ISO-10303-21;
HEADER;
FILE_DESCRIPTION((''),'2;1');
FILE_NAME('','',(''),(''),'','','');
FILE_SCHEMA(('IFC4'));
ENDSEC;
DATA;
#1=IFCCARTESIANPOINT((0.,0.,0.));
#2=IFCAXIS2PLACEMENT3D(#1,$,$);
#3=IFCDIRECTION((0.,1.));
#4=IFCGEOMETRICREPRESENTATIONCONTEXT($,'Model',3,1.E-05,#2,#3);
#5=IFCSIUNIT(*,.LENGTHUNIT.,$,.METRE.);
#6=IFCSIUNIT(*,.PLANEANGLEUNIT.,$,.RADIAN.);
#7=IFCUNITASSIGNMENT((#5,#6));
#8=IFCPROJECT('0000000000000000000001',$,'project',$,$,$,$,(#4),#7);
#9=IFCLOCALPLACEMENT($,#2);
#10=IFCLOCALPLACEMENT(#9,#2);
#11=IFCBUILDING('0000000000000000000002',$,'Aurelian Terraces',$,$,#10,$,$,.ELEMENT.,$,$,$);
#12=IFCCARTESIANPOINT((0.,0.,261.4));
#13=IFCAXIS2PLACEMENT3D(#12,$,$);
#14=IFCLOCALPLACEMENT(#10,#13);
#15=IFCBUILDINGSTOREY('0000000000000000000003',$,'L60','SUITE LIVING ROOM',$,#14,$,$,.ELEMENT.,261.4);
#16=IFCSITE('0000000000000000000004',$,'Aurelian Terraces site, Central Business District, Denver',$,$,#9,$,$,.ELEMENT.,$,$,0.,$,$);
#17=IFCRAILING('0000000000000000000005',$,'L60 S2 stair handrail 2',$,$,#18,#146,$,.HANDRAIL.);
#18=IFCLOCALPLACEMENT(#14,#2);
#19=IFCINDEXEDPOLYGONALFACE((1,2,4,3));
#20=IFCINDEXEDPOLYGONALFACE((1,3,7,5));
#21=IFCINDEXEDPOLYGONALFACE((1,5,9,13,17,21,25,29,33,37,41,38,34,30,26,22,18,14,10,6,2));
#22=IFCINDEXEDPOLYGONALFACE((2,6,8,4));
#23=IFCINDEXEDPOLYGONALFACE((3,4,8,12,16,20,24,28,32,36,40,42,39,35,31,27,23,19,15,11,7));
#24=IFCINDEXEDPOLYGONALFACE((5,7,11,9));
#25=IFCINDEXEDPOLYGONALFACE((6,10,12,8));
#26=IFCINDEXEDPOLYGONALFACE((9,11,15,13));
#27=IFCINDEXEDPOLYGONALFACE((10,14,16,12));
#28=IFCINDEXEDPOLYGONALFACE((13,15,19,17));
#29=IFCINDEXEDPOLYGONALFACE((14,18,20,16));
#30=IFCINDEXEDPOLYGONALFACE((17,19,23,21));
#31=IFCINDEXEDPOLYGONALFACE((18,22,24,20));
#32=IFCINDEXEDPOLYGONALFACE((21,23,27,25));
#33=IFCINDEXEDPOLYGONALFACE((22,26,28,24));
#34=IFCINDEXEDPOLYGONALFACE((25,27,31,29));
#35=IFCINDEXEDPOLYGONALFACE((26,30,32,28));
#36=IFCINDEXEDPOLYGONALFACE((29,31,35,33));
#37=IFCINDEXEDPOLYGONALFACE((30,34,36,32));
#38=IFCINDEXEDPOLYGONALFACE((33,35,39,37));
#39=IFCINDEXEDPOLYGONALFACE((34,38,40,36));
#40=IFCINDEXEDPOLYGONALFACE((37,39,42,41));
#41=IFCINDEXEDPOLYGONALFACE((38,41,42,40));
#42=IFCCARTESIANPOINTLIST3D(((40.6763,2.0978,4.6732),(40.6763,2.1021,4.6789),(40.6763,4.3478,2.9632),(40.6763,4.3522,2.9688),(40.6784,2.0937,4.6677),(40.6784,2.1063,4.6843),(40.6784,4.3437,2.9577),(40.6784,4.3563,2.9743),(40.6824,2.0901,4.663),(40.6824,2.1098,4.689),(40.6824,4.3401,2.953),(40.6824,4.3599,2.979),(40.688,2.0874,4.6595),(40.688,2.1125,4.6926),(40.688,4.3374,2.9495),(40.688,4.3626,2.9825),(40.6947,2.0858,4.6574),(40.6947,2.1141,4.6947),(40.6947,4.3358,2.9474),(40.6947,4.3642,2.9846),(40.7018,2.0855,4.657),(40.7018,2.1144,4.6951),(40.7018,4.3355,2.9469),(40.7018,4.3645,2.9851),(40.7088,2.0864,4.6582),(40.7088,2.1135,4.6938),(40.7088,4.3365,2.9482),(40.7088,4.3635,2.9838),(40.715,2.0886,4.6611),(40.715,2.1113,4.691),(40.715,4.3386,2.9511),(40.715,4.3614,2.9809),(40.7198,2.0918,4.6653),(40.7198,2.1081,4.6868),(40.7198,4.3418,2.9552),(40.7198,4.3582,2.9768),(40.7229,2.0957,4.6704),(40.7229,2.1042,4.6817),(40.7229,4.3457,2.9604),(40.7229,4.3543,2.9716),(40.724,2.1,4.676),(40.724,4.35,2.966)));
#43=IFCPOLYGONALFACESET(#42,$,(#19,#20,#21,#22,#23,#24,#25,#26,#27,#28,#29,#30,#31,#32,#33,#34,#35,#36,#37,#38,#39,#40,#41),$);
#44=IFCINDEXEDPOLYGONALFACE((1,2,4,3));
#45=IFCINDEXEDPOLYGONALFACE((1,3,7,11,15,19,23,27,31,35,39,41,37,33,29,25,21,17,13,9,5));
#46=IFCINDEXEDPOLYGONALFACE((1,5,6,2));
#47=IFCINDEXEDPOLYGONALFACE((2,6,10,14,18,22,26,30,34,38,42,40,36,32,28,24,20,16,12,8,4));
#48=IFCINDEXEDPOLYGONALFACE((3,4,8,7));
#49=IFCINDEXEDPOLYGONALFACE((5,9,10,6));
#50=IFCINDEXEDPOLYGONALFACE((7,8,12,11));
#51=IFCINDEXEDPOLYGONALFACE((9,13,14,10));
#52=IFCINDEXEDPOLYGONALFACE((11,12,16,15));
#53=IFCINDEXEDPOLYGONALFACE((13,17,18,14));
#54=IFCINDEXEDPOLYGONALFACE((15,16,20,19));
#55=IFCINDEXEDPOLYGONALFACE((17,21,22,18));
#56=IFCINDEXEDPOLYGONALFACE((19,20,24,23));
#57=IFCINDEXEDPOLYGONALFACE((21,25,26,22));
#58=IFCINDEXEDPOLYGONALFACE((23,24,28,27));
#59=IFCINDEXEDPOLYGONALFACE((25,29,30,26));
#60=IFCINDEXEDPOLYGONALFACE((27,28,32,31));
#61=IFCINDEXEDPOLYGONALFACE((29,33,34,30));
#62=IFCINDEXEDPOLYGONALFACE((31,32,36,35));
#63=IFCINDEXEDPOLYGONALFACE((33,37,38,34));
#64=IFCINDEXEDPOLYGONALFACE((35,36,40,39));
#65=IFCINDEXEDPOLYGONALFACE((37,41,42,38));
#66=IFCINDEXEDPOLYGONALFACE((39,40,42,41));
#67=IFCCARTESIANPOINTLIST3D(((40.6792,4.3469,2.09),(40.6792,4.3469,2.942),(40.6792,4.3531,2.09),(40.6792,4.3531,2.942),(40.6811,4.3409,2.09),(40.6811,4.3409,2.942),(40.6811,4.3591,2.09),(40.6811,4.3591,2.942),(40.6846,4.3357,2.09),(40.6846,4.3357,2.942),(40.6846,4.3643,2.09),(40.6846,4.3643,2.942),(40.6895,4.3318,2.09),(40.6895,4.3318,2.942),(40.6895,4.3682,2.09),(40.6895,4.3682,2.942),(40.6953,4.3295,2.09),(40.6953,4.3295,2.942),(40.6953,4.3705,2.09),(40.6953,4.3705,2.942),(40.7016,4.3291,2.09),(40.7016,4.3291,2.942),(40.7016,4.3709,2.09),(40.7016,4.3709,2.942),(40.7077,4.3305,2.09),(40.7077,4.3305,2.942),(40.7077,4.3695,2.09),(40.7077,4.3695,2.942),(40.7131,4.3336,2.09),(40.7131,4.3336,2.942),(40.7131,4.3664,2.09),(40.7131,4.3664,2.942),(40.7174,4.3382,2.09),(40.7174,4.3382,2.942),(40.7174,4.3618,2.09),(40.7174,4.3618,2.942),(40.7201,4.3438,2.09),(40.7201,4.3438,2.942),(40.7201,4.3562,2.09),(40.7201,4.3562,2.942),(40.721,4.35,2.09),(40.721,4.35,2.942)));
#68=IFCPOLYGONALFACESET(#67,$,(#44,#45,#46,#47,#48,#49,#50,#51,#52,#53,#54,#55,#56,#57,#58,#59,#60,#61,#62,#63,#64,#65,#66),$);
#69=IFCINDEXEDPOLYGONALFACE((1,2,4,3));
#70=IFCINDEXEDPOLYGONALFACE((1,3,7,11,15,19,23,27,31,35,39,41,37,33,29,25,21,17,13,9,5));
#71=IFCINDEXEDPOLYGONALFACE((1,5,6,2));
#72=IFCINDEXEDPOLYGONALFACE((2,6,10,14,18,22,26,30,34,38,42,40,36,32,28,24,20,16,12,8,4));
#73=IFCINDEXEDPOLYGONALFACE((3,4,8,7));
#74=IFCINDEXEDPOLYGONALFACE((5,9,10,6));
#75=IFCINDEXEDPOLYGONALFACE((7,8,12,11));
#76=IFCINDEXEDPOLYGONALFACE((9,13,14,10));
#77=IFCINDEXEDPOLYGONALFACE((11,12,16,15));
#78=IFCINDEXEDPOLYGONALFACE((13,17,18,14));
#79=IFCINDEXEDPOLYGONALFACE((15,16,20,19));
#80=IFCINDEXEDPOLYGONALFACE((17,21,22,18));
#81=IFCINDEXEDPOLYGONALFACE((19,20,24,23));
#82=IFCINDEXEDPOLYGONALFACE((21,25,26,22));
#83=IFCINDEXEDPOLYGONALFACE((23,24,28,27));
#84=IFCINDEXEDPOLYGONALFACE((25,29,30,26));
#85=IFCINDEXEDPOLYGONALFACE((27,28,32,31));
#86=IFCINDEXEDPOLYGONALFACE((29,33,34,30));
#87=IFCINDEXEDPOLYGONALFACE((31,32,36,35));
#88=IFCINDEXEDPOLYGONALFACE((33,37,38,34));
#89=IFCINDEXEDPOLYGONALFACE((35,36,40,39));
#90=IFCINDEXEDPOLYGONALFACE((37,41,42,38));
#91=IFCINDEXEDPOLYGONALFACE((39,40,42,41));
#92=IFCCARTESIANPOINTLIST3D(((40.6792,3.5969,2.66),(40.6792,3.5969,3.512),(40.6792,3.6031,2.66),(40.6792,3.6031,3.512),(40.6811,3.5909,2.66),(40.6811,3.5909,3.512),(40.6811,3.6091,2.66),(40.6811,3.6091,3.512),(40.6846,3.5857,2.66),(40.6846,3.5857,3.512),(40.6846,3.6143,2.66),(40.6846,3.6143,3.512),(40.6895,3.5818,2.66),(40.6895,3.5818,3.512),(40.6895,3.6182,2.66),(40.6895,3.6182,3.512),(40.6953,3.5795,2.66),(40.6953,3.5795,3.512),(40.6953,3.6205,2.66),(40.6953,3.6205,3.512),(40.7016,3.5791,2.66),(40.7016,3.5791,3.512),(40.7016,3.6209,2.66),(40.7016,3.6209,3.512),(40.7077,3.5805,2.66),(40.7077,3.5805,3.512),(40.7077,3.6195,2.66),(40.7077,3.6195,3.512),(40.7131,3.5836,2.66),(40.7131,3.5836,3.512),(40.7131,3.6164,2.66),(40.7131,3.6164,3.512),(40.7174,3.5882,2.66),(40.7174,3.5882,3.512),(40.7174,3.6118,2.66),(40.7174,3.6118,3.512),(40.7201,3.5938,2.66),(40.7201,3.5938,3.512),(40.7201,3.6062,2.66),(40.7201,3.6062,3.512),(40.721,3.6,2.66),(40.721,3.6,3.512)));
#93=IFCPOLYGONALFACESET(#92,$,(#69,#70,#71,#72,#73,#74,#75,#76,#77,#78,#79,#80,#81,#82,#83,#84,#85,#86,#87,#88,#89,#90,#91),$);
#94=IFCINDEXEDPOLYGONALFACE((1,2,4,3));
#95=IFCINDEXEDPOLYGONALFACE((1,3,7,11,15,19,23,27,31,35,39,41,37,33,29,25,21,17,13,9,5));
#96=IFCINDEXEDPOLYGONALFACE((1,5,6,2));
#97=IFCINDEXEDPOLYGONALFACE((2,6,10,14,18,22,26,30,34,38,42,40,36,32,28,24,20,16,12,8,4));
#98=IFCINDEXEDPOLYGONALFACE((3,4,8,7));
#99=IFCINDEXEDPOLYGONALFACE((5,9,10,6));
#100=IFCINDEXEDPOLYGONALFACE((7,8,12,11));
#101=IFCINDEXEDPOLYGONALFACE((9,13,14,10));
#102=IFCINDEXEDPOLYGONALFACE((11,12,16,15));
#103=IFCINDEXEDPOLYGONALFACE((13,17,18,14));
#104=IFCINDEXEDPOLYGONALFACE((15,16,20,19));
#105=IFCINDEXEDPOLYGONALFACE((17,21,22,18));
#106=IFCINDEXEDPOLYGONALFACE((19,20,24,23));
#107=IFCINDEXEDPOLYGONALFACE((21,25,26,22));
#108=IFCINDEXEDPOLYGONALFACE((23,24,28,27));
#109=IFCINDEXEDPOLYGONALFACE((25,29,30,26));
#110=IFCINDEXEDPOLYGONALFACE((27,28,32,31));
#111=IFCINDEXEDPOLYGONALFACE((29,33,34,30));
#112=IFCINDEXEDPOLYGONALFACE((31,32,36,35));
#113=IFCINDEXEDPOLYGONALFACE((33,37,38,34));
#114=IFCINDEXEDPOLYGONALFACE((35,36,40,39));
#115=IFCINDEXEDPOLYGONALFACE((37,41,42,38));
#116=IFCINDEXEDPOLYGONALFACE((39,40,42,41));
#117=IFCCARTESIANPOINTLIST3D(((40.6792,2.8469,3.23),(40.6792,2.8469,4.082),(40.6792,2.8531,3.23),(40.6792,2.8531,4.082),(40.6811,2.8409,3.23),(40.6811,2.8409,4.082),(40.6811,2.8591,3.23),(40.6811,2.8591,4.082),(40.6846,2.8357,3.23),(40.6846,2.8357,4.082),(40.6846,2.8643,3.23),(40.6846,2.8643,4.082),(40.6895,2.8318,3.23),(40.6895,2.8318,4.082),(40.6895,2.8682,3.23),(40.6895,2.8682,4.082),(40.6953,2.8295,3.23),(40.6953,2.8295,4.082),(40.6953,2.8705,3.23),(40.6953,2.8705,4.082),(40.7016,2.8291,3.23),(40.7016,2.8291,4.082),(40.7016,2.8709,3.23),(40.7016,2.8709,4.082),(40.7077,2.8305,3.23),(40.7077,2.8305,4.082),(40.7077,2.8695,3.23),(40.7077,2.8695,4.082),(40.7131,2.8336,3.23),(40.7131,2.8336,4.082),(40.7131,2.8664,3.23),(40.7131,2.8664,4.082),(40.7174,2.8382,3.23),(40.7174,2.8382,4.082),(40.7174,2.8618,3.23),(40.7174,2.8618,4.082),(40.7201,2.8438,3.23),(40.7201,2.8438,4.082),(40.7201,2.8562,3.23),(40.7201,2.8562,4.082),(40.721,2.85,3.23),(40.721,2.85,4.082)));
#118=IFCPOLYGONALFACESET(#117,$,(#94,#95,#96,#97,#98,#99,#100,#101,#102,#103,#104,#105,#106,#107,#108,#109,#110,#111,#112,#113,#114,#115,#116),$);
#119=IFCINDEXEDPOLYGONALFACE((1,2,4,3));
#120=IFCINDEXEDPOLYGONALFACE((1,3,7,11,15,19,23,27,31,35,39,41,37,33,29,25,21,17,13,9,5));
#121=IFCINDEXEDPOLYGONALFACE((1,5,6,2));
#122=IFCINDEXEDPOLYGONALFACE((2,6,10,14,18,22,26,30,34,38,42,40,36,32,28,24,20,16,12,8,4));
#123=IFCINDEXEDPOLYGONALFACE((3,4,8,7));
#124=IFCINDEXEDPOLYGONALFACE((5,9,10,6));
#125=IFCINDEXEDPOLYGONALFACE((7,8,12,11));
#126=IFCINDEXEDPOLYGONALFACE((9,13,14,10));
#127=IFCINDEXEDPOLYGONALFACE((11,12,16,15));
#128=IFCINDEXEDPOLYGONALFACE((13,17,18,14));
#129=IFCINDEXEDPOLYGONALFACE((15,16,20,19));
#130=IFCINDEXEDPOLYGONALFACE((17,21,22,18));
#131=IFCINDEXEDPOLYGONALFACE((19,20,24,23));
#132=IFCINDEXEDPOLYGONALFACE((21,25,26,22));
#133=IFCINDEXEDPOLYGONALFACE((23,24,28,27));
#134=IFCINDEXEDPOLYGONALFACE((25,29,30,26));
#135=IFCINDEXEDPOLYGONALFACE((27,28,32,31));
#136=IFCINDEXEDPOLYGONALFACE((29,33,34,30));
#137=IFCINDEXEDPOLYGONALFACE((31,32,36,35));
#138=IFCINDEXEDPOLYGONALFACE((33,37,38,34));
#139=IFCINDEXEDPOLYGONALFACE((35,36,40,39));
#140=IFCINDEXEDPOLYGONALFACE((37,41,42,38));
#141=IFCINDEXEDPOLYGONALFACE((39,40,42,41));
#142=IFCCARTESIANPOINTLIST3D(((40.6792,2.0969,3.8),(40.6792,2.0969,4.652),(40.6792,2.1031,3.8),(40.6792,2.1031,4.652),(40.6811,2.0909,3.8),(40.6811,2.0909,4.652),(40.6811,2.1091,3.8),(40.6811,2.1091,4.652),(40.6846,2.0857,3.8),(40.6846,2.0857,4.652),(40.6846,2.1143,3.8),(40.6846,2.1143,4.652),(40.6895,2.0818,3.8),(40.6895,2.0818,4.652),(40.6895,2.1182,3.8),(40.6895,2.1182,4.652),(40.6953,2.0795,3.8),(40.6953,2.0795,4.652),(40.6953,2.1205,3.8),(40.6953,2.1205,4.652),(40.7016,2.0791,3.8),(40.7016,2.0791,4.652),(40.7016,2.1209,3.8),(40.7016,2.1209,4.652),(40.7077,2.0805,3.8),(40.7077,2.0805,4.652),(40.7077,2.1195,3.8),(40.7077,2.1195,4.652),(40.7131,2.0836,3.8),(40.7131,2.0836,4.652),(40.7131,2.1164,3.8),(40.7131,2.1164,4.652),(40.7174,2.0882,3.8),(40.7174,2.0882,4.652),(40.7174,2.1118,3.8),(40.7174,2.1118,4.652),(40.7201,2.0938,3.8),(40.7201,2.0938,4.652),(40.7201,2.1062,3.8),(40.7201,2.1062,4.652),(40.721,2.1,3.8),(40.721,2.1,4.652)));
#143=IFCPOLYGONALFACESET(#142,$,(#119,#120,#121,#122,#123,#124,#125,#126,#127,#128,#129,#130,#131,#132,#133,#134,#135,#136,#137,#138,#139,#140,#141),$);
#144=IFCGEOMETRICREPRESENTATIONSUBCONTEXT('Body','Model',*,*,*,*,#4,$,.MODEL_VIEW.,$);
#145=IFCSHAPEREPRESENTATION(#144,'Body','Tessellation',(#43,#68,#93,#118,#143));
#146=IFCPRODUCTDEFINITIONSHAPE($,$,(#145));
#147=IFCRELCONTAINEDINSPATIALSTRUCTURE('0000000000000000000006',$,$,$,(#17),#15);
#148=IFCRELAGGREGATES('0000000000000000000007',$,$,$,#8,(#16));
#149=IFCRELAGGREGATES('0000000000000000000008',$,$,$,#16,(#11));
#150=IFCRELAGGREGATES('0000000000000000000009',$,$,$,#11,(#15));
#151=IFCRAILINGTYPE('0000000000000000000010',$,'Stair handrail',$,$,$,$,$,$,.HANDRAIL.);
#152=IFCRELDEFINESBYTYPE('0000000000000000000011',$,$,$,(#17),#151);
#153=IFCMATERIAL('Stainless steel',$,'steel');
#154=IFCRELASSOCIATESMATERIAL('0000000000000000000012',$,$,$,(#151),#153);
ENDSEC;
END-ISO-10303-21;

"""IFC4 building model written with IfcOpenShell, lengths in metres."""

from ifc_helpers import new_model, si_unit, direction, frame, origin, origin_2d, place, context, subcontext, project, spatial, circle, extrude, source, transform, mapped, material, type_object, element, save


model = new_model("IFC4")

# Units and contexts
model_context = context("Model", 3, precision=1e-05, world=origin(), true_north=direction((0.0, 1.0)))
body_context = subcontext(model_context, "Body", "Model", "MODEL_VIEW")
ifc_project = project(units=[si_unit("LENGTHUNIT", "METRE"), si_unit("PLANEANGLEUNIT", "RADIAN")], contexts=[model_context])

# Site, building, storey
site_placement = place(None, origin())
site = spatial("IfcSite", under=ifc_project, at=site_placement, Name="Aurelian Terraces site, Central Business District, Denver", CompositionType="ELEMENT", RefElevation=0.0)
building_placement = place(site_placement, origin())
building = spatial("IfcBuilding", under=site, at=building_placement, Name="Aurelian Terraces", CompositionType="ELEMENT")
storey_placement = place(building_placement, frame((0.0, 0.0, 261.4)))
storey = spatial("IfcBuildingStorey", under=building, at=storey_placement, Name="L60", Description="SUITE LIVING ROOM", CompositionType="ELEMENT", Elevation=261.4)

# Railing
ifc_material_1 = material(Name="Stainless steel", Category="steel")
railing_type_1 = type_object("IfcRailingType", Name="Stair handrail", PredefinedType="HANDRAIL", material=ifc_material_1)
shared_shape_1 = source(origin(), body_context, "Body", "SweptSolid", [
    extrude(circle(Radius=0.024, at=origin_2d()), frame((0.0, 0.0, 0.876), z_axis=(0.0, -0.796162, 0.605083), x_axis=(1.0, 0.0, 0.0)), (0.0, 0.0, 1.0), 2.8261),
    extrude(circle(Radius=0.021, at=origin_2d()), origin(), (0.0, 0.0, 1.0), 0.852),
    extrude(circle(Radius=0.021, at=origin_2d()), frame((0.0, -0.75, 0.57)), (0.0, 0.0, 1.0), 0.852),
    extrude(circle(Radius=0.021, at=origin_2d()), frame((0.0, -1.5, 1.14)), (0.0, 0.0, 1.0), 0.852),
    extrude(circle(Radius=0.021, at=origin_2d()), frame((0.0, -2.25, 1.71)), (0.0, 0.0, 1.0), 0.852),
])
railing_1_placement = place(storey_placement, frame((40.7, 4.35, 2.09)))
element("IfcRailing", 1, at=railing_1_placement, inside=storey, type_object=railing_type_1, Name="L60 S2 stair handrail 2", PredefinedType="HANDRAIL", context=body_context, shape_type="MappedRepresentation", body=[
    mapped(shared_shape_1, transform((0.0, 0.0, 0.0), scale=1.0)),
])

save(model, "model.ifc")
